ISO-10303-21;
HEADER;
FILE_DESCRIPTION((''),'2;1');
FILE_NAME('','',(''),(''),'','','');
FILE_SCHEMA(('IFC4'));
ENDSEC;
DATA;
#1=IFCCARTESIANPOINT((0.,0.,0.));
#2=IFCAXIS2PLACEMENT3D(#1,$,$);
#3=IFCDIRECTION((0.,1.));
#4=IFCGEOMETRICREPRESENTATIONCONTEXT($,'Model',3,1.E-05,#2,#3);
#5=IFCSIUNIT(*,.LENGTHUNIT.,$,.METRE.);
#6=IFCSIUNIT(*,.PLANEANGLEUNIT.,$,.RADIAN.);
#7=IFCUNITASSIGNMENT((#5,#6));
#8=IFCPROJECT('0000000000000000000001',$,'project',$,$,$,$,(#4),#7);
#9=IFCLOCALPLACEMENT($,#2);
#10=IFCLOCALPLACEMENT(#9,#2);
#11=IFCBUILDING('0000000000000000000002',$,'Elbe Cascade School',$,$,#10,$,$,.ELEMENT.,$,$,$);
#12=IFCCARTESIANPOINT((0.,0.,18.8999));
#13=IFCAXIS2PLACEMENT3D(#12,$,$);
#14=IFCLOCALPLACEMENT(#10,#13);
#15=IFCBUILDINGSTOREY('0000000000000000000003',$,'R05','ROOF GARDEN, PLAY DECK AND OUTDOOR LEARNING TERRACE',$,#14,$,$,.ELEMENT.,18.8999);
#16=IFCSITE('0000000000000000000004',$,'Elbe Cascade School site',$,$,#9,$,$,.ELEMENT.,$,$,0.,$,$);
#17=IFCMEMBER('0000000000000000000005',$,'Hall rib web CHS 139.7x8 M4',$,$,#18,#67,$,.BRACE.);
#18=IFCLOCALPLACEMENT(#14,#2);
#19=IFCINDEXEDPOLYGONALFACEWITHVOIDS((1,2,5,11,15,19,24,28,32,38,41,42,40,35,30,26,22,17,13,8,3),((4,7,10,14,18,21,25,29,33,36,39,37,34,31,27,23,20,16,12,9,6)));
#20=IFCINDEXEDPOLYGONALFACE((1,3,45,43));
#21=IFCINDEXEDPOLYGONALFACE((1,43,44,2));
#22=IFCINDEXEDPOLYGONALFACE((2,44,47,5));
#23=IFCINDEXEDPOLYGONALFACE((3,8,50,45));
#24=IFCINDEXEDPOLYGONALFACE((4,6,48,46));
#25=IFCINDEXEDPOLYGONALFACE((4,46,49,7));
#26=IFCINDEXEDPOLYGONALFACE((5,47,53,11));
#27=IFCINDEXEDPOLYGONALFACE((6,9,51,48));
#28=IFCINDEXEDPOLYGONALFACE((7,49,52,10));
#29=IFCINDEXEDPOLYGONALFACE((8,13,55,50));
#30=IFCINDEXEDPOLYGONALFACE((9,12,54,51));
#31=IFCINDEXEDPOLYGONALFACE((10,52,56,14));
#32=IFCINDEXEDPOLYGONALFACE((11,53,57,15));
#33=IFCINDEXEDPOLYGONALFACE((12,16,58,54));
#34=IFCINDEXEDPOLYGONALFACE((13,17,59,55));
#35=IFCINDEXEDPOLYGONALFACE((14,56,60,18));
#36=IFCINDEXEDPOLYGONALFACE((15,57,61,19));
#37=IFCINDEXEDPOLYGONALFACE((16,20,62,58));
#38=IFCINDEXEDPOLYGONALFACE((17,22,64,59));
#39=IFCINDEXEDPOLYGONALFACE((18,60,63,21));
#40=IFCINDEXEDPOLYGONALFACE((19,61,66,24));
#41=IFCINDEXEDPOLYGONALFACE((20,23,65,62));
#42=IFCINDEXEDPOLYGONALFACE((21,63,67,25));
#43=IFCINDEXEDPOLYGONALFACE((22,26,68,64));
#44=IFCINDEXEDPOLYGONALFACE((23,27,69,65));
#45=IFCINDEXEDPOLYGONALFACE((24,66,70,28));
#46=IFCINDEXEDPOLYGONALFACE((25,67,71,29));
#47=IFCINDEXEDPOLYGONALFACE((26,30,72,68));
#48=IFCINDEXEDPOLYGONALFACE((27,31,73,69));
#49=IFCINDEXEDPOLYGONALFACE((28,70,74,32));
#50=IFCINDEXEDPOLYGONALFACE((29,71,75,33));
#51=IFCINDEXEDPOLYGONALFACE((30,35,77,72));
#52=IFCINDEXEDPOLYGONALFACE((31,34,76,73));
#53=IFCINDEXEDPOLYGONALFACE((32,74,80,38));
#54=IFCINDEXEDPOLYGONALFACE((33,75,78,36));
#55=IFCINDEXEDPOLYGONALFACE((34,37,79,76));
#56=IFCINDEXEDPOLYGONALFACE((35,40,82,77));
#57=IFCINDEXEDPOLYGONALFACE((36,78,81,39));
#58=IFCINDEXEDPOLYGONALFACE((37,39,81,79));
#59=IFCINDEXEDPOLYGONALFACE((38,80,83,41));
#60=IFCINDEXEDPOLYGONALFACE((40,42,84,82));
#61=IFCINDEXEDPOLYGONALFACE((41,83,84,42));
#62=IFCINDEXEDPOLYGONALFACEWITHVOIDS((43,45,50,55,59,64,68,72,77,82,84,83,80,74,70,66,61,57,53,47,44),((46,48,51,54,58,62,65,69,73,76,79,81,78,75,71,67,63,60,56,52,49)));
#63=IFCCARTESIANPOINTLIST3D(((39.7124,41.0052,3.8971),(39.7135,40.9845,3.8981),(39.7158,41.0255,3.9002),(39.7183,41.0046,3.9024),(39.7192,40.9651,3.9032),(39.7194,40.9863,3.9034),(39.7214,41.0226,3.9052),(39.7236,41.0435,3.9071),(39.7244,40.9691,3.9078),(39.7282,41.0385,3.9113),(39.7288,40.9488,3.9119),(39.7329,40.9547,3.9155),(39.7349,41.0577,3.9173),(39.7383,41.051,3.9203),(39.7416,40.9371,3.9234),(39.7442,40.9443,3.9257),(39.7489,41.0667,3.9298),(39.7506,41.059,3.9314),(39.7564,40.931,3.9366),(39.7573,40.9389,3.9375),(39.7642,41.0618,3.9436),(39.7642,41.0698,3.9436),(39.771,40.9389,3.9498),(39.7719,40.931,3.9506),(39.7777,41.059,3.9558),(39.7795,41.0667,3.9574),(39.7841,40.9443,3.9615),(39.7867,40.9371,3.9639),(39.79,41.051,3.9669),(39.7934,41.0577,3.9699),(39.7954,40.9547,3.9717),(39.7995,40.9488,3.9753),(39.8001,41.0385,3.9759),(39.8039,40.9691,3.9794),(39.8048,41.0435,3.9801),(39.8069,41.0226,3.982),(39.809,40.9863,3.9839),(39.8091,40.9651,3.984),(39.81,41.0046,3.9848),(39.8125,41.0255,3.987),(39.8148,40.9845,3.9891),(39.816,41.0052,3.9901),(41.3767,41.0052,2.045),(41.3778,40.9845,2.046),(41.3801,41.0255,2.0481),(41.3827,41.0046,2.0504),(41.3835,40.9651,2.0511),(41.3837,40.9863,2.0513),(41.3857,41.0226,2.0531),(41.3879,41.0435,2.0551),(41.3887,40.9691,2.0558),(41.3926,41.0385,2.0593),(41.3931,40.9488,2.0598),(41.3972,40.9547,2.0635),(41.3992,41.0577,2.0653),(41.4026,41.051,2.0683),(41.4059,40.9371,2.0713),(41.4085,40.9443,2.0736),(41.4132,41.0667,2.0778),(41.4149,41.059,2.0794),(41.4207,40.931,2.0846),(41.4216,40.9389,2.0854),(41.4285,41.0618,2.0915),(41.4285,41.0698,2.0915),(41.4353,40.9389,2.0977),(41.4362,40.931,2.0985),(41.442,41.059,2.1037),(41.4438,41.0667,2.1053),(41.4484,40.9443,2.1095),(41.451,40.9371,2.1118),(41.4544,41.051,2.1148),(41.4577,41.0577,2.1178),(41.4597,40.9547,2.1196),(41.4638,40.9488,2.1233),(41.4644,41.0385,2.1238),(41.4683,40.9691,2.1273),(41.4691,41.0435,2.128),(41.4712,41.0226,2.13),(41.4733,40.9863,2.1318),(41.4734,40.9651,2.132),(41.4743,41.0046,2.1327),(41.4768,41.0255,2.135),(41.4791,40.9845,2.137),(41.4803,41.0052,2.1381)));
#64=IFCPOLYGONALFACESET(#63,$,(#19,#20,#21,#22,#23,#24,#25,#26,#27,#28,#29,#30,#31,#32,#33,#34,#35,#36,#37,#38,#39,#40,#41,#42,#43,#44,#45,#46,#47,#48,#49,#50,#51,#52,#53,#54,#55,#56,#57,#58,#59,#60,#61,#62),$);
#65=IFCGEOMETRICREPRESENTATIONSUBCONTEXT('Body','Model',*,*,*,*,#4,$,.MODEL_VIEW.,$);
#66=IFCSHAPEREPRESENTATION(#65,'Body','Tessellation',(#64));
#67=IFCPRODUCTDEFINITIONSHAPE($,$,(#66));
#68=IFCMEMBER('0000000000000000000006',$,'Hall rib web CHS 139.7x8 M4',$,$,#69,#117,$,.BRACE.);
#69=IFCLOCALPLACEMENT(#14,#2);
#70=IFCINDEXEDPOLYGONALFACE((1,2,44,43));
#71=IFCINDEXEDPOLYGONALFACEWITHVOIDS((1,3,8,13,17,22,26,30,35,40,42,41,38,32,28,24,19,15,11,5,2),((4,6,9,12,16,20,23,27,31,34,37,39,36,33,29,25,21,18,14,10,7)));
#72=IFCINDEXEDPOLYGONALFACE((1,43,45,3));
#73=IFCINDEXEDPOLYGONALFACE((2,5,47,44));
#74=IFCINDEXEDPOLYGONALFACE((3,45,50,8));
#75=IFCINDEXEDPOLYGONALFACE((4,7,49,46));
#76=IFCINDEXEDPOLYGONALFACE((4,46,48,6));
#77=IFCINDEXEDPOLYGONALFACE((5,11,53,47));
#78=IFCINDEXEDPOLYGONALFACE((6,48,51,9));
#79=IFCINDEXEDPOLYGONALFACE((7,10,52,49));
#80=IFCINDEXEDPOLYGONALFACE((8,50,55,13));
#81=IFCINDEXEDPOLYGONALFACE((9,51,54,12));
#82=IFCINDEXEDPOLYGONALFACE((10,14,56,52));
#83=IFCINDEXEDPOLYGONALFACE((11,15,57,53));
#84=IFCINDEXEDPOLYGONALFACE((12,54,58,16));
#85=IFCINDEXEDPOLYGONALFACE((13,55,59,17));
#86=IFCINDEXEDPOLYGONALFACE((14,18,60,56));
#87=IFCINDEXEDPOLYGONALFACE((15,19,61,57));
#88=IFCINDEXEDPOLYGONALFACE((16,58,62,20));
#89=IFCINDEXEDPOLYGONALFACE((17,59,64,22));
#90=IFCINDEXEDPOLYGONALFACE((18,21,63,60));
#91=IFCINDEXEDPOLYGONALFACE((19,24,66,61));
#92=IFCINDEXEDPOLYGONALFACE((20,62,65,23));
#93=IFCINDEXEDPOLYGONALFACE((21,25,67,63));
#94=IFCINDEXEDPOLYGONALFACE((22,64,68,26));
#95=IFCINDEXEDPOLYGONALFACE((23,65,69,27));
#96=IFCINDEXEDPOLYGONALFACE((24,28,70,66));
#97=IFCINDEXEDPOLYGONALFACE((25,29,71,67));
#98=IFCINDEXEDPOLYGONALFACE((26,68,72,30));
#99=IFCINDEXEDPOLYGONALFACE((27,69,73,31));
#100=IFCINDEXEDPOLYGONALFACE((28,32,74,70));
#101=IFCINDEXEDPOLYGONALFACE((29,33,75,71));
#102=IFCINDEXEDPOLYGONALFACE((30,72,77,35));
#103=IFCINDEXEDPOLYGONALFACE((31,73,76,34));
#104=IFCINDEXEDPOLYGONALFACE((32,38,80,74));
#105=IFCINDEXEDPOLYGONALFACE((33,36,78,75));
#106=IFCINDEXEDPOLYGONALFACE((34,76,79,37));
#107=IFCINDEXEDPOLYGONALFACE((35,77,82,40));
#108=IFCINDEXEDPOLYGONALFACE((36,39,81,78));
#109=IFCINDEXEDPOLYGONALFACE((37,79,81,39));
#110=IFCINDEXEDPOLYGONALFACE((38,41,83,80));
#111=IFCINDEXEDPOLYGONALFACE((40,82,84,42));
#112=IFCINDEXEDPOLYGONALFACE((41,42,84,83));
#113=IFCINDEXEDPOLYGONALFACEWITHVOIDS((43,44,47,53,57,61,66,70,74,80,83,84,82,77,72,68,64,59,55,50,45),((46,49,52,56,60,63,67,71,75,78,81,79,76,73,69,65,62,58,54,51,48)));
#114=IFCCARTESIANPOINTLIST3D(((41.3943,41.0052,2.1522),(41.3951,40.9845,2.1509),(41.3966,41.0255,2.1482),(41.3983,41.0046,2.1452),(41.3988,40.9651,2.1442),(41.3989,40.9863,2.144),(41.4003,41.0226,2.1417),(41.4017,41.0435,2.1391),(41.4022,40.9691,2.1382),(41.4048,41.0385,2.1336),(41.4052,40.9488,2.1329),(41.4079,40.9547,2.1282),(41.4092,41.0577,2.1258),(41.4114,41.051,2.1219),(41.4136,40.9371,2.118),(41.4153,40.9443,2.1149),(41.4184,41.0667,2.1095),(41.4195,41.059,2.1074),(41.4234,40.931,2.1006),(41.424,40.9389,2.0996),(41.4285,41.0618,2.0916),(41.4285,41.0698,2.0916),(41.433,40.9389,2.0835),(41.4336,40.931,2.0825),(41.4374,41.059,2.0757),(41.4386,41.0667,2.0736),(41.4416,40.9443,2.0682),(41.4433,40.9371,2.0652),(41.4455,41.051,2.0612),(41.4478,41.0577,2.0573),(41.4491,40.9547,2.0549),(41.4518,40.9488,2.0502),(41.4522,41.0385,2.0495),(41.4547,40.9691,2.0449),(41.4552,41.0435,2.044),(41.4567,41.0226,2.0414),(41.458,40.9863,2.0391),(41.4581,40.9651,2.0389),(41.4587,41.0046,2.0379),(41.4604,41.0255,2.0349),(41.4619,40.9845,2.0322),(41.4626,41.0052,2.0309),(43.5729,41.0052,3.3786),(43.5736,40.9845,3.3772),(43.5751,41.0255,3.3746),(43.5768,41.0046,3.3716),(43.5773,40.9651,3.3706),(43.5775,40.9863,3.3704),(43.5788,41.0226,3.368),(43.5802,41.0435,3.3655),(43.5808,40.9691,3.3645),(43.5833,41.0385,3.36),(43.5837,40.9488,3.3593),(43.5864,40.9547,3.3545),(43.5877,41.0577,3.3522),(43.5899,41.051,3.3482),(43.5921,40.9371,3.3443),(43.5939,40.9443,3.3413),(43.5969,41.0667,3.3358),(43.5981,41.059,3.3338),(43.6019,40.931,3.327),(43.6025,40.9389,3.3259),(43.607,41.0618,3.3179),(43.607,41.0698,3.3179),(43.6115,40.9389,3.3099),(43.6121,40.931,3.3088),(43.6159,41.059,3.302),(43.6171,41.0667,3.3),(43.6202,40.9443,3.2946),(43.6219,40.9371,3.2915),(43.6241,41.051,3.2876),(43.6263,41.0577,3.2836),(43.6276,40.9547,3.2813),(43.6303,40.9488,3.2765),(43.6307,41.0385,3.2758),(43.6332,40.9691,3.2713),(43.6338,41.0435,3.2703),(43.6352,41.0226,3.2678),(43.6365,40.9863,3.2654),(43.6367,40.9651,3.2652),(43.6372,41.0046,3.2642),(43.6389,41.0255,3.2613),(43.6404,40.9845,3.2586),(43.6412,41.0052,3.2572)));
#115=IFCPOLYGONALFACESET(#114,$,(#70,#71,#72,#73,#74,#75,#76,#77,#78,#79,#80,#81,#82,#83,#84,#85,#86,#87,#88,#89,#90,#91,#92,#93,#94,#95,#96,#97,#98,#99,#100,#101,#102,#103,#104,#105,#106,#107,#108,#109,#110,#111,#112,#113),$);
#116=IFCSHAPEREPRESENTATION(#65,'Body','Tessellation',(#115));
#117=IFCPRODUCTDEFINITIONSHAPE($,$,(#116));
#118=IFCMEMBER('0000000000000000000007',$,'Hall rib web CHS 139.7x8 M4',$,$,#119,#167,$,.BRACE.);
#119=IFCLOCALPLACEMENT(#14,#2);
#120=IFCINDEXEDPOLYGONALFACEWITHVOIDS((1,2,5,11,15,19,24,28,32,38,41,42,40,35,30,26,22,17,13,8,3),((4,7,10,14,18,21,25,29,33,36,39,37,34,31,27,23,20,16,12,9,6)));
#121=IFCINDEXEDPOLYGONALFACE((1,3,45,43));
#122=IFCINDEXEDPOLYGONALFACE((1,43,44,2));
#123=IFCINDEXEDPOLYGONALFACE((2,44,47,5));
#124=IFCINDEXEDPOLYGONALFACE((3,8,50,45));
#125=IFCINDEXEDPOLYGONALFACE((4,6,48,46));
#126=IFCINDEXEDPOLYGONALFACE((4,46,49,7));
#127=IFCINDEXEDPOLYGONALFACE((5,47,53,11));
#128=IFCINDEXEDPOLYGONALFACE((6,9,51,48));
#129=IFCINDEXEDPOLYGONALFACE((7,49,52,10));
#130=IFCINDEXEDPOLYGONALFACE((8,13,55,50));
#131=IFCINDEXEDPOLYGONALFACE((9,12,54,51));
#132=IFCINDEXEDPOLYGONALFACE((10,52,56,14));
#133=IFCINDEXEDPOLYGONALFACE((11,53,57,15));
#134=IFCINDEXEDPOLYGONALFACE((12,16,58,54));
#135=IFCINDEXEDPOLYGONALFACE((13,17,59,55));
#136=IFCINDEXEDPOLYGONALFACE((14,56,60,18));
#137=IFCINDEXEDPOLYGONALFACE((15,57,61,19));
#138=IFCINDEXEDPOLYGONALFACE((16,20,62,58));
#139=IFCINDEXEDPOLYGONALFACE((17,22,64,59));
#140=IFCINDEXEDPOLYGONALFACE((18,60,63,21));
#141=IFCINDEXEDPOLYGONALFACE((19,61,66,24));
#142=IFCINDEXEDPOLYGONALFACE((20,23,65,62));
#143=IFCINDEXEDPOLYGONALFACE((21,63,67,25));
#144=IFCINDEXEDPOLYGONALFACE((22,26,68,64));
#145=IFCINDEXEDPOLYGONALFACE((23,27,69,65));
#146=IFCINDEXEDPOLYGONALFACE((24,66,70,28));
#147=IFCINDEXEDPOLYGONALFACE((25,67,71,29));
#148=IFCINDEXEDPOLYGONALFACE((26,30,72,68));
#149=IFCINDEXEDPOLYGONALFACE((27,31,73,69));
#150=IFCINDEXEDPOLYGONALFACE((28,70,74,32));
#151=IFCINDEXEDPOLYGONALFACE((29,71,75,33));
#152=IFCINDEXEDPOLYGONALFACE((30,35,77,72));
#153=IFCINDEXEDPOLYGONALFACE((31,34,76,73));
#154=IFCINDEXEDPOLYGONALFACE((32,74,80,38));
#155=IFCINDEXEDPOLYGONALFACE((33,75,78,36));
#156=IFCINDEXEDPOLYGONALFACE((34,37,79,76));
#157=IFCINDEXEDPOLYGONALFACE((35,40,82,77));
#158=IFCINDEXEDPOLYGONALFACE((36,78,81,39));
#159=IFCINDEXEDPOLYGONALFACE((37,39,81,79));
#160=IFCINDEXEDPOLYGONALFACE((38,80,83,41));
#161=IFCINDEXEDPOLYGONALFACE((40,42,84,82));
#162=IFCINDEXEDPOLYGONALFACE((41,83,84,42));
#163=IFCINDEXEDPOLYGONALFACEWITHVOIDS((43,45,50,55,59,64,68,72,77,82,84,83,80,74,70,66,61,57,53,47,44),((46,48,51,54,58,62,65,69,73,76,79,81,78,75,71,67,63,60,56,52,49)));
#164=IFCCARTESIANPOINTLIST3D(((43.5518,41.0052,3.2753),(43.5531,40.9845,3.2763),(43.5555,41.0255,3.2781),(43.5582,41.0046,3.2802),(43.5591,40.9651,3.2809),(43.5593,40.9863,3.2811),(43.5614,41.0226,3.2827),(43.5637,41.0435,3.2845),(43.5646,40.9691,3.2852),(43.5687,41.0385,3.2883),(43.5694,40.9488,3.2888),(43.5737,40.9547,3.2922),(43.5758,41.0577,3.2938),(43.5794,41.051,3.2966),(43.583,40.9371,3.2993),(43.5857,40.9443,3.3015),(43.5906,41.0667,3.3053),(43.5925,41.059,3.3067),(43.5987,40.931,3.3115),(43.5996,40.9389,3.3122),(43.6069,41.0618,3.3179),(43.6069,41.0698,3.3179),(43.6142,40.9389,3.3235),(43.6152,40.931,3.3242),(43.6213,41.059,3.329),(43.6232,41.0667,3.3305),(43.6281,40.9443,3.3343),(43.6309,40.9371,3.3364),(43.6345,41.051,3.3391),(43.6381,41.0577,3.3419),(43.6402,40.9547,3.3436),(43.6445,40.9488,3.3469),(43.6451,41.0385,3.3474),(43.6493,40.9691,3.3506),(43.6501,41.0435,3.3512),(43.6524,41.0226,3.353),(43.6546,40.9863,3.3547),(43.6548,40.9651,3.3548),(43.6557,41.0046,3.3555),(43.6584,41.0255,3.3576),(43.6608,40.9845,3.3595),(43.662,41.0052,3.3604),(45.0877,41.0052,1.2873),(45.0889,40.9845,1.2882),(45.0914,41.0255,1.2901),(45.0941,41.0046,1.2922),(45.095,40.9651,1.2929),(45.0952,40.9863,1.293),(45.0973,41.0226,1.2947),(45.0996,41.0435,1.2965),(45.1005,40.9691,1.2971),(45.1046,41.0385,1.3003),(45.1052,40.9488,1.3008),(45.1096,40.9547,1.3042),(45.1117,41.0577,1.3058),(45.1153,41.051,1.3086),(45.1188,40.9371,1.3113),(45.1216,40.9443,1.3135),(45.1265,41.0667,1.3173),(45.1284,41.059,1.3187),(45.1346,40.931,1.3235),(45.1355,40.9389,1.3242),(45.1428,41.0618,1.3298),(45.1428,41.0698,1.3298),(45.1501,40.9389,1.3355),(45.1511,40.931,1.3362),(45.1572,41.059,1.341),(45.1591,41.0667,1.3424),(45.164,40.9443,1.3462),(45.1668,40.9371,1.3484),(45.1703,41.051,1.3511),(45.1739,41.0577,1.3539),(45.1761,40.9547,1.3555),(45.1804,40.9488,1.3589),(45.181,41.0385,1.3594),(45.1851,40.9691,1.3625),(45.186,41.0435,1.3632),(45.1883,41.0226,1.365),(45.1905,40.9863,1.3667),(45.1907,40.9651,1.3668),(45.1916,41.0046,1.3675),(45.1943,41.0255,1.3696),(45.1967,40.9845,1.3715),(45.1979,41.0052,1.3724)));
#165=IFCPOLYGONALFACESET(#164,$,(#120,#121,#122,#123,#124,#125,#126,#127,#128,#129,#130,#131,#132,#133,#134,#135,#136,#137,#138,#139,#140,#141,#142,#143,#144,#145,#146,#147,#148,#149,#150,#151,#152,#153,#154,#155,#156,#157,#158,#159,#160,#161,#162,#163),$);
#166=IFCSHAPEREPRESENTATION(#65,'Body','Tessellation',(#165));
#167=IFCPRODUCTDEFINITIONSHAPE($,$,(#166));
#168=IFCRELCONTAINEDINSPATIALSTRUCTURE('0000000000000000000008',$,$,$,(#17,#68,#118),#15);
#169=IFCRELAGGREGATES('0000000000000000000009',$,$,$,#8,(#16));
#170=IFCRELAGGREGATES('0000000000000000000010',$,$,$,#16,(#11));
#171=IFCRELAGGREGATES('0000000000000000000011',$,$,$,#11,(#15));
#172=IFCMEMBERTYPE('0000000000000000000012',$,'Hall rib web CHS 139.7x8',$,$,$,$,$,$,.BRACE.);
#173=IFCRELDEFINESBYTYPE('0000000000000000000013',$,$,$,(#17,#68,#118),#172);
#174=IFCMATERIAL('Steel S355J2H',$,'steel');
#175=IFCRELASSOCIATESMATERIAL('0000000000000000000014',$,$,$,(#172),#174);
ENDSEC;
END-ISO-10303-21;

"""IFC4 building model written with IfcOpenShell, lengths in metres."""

from ifc_helpers import new_model, si_unit, direction, frame, origin, origin_2d, place, context, subcontext, project, spatial, hollow_circle, extrude, material, material_profile, profile_set, type_object, element, save


model = new_model("IFC4")

# Units and contexts
model_context = context("Model", 3, precision=1e-05, world=origin(), true_north=direction((0.0, 1.0)))
body_context = subcontext(model_context, "Body", "Model", "MODEL_VIEW")
ifc_project = project(units=[si_unit("LENGTHUNIT", "METRE"), si_unit("PLANEANGLEUNIT", "RADIAN")], contexts=[model_context])

# Site, building, storey
site_placement = place(None, origin())
site = spatial("IfcSite", under=ifc_project, at=site_placement, Name="Elbe Cascade School site", CompositionType="ELEMENT", RefElevation=0.0)
building_placement = place(site_placement, origin())
building = spatial("IfcBuilding", under=site, at=building_placement, Name="Elbe Cascade School", CompositionType="ELEMENT")
storey_placement = place(building_placement, frame((0.0, 0.0, 18.8999)))
storey = spatial("IfcBuildingStorey", under=building, at=storey_placement, Name="R05", Description="ROOF GARDEN, PLAY DECK AND OUTDOOR LEARNING TERRACE", CompositionType="ELEMENT", Elevation=18.8999)

# Members
ifc_material_1 = material(Name="Steel S355J2H", Category="steel")
ifc_material_profile_1 = material_profile(ifc_material_1, hollow_circle(Radius=0.0698, WallThickness=0.0081, at=origin_2d()), Name="CHS 139.7x8")
ifc_profile_set_1 = profile_set([ifc_material_profile_1], Name="Steel S355J2H")
member_type_1 = type_object("IfcMemberType", Name="Hall rib web CHS 139.7x8", PredefinedType="BRACE", material=ifc_profile_set_1)
member_1_placement = place(storey_placement, frame((39.7642, 41.0, 3.9436), z_axis=(0.668401, 0.0, -0.743801), x_axis=(0.0, 1.0, 0.0)))
element("IfcMember", 1, at=member_1_placement, inside=storey, type_object=member_type_1, Name="Hall rib web CHS 139.7x8 M4", PredefinedType="BRACE", context=body_context, shape_type="SweptSolid", body=[
    extrude(hollow_circle(Radius=0.0698, WallThickness=0.0081, at=origin_2d()), origin(), (0.0, 0.0, 1.0), 2.49),
])
member_2_placement = place(storey_placement, frame((41.4285, 41.0, 2.0916), z_axis=(0.871416, 0.0, 0.490544), x_axis=(0.0, 1.0, 0.0)))
element("IfcMember", 2, at=member_2_placement, inside=storey, type_object=member_type_1, Name="Hall rib web CHS 139.7x8 M4", PredefinedType="BRACE", context=body_context, shape_type="SweptSolid", body=[
    extrude(hollow_circle(Radius=0.0698, WallThickness=0.0081, at=origin_2d()), origin(), (0.0, 0.0, 1.0), 2.5),
])
member_3_placement = place(storey_placement, frame((43.6069, 41.0, 3.3179), z_axis=(0.611367, 0.0, -0.791347), x_axis=(0.0, 1.0, 0.0)))
element("IfcMember", 3, at=member_3_placement, inside=storey, type_object=member_type_1, Name="Hall rib web CHS 139.7x8 M4", PredefinedType="BRACE", context=body_context, shape_type="SweptSolid", body=[
    extrude(hollow_circle(Radius=0.0698, WallThickness=0.0081, at=origin_2d()), origin(), (0.0, 0.0, 1.0), 2.5122),
])

save(model, "model.ifc")
